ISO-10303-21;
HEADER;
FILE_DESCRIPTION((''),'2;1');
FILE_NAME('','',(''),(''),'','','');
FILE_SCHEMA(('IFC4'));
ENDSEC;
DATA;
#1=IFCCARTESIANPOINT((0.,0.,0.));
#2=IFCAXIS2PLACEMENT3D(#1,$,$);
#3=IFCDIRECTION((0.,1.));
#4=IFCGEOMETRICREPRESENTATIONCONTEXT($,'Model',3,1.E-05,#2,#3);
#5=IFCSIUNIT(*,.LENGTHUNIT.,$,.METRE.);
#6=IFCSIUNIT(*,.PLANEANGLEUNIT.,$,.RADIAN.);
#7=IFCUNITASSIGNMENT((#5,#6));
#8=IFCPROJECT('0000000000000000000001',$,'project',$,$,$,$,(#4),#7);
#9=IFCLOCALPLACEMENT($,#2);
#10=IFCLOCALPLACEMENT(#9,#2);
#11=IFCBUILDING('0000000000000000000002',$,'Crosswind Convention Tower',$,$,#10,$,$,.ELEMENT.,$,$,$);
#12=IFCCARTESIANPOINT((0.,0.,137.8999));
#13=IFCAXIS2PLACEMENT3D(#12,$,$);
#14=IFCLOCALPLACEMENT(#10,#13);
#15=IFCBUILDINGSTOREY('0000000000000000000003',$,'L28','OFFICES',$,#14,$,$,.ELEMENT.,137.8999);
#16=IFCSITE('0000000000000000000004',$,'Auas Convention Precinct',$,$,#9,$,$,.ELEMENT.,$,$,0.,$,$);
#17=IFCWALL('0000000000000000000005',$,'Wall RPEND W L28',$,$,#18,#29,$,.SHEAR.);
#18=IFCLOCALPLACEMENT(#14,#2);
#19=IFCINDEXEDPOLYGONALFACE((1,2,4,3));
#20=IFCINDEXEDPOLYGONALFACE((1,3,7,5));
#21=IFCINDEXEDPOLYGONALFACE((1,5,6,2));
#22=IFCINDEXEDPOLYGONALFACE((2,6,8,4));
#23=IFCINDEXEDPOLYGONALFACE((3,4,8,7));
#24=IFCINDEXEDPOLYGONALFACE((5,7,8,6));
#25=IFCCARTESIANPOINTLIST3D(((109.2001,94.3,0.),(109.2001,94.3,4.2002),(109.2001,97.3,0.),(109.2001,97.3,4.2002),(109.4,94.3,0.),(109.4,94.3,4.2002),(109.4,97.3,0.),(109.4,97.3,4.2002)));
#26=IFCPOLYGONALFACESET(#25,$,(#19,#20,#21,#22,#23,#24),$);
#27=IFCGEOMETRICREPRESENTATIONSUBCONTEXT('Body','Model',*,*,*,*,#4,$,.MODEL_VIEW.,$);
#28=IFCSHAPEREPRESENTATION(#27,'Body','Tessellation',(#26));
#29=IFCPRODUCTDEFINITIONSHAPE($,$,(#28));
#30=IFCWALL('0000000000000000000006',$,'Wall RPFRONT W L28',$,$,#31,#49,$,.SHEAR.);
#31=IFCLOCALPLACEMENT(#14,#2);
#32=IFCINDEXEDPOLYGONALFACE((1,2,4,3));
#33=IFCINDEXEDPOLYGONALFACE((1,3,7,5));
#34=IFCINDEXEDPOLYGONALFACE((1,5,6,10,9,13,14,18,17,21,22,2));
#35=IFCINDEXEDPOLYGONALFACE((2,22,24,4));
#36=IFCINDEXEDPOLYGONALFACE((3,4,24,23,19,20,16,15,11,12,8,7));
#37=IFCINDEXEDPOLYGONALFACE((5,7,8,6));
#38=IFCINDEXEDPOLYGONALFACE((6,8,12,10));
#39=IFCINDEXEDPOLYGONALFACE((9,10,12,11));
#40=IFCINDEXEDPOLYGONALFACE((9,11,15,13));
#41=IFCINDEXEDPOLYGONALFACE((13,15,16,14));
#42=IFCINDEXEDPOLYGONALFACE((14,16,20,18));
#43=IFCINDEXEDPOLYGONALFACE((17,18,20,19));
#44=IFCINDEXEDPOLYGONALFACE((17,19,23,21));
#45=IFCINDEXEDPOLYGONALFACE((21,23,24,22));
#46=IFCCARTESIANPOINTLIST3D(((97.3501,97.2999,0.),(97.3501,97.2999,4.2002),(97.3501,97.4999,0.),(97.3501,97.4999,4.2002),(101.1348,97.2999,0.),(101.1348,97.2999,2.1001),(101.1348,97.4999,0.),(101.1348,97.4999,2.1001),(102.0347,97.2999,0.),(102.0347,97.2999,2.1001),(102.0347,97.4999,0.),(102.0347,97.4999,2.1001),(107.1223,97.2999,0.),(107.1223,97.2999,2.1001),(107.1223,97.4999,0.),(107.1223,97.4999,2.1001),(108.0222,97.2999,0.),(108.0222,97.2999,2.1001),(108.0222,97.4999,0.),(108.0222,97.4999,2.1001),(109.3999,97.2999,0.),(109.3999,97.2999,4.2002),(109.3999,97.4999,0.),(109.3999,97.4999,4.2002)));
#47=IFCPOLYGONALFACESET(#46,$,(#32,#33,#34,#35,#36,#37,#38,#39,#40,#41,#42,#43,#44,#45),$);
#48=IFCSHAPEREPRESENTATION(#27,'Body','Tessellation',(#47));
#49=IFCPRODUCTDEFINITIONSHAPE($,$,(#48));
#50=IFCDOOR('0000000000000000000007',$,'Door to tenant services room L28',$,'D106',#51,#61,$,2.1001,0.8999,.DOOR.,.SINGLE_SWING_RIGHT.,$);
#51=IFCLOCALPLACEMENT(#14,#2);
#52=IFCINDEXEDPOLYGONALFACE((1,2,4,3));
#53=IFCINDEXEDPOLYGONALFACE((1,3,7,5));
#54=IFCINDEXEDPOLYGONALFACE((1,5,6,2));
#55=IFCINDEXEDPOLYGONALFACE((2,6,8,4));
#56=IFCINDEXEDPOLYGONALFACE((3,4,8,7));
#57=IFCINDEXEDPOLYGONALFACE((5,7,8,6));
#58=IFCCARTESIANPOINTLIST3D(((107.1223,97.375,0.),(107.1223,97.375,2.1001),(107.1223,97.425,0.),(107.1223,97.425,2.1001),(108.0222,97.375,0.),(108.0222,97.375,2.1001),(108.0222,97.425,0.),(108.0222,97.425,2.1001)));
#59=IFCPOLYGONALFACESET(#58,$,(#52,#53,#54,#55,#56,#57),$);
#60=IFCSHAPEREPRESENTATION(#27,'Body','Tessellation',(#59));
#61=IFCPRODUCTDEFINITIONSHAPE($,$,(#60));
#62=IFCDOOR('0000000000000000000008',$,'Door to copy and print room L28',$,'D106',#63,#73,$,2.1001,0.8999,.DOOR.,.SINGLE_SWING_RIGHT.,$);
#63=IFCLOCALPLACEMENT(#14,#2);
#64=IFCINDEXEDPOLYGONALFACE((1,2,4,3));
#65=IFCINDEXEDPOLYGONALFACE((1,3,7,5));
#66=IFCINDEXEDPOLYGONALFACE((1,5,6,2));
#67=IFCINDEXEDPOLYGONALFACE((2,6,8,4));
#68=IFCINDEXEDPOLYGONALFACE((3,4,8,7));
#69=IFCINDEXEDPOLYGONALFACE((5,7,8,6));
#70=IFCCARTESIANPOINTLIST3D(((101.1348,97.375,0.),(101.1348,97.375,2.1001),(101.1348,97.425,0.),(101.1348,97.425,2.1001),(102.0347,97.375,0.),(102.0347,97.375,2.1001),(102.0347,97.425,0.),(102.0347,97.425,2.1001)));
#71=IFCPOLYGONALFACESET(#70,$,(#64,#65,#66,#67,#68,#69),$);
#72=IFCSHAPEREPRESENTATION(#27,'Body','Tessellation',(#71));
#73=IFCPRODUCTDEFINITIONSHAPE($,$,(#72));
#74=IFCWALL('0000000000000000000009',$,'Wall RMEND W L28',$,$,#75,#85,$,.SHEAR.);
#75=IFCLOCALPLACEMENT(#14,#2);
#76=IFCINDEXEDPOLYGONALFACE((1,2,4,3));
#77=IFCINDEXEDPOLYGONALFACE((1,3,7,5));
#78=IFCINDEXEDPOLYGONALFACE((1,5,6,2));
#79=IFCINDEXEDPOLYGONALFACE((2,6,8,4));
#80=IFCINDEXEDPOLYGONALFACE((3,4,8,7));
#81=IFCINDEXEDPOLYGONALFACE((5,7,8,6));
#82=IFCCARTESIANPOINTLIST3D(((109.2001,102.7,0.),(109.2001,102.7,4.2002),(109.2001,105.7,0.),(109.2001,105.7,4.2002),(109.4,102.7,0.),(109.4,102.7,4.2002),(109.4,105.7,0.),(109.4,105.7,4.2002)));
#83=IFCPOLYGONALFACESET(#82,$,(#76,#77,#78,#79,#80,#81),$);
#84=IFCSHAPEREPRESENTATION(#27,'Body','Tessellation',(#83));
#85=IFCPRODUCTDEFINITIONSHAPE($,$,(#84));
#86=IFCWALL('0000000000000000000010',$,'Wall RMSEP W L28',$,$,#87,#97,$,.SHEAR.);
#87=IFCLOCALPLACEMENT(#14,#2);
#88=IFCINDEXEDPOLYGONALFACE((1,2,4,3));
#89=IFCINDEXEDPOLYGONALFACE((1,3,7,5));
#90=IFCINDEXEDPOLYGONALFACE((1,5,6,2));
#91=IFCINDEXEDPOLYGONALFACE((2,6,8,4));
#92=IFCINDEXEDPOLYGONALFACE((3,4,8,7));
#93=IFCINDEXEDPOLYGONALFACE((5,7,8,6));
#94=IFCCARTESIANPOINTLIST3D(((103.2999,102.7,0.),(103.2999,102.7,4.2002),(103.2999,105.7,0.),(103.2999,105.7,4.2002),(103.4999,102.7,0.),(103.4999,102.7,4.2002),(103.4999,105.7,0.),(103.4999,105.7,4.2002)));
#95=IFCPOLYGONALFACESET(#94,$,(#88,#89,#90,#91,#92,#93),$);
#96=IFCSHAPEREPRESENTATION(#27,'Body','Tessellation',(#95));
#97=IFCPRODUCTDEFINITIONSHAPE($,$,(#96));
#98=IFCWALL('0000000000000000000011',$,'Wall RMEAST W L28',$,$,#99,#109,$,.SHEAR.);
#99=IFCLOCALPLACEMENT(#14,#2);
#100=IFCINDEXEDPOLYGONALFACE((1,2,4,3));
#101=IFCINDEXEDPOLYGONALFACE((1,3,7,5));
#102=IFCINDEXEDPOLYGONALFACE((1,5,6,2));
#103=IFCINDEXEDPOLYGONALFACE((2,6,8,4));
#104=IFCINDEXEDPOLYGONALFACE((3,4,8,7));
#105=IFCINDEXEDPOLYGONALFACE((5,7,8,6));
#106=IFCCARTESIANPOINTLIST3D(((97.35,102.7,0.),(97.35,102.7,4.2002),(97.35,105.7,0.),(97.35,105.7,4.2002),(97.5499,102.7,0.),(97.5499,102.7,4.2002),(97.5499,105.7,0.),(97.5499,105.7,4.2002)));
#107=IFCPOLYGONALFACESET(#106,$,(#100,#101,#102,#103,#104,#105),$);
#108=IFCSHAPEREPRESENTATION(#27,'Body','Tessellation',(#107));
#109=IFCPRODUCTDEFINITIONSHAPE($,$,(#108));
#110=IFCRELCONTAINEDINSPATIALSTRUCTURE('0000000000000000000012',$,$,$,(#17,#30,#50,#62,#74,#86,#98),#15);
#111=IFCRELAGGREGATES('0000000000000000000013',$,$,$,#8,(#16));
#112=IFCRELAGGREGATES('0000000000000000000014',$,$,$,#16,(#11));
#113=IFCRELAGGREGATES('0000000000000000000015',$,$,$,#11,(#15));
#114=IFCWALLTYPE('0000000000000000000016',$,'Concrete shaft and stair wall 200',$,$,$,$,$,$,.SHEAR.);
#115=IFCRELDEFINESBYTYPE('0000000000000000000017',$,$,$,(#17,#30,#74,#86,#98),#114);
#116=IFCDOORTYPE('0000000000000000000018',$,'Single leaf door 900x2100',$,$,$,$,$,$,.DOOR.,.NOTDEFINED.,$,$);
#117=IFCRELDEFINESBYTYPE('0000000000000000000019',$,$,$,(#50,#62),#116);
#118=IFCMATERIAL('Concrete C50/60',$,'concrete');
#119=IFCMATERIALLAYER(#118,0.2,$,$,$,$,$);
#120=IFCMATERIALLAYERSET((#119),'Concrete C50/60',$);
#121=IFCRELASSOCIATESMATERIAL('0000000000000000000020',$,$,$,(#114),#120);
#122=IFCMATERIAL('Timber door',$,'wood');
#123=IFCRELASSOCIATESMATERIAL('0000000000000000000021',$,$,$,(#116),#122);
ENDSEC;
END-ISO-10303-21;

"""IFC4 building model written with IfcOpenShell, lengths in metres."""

from ifc_helpers import new_model, si_unit, direction, frame, frame_2d, origin, place, context, subcontext, project, spatial, rectangle, extrude, material, layer, layer_set, type_object, element, fill, save


model = new_model("IFC4")

# Units and contexts
model_context = context("Model", 3, precision=1e-05, world=origin(), true_north=direction((0.0, 1.0)))
body_context = subcontext(model_context, "Body", "Model", "MODEL_VIEW")
ifc_project = project(units=[si_unit("LENGTHUNIT", "METRE"), si_unit("PLANEANGLEUNIT", "RADIAN")], contexts=[model_context])

# Site, building, storey
site_placement = place(None, origin())
site = spatial("IfcSite", under=ifc_project, at=site_placement, Name="Auas Convention Precinct", CompositionType="ELEMENT", RefElevation=0.0)
building_placement = place(site_placement, origin())
building = spatial("IfcBuilding", under=site, at=building_placement, Name="Crosswind Convention Tower", CompositionType="ELEMENT")
storey_placement = place(building_placement, frame((0.0, 0.0, 137.8999)))
storey = spatial("IfcBuildingStorey", under=building, at=storey_placement, Name="L28", Description="OFFICES", CompositionType="ELEMENT", Elevation=137.8999)

# Wall
ifc_material_1 = material(Name="Concrete C50/60", Category="concrete")
ifc_layer = layer(ifc_material_1, 0.2)
ifc_layer_set = layer_set([ifc_layer], Name="Concrete C50/60")
wall_type = type_object("IfcWallType", Name="Concrete shaft and stair wall 200", PredefinedType="SHEAR", material=ifc_layer_set)
wall_1_placement = place(storey_placement, frame((109.3, 97.3, 0.0), z_axis=(0.0, 0.0, 1.0), x_axis=(0.0, -1.0, 0.0)))
element("IfcWall", 1, at=wall_1_placement, inside=storey, type_object=wall_type, Name="Wall RPEND W L28", PredefinedType="SHEAR", context=body_context, shape_type="SweptSolid", body=[
    extrude(rectangle(XDim=3.0, YDim=0.2, at=frame_2d((1.5, 0.0))), origin(), (0.0, 0.0, 1.0), 4.2002),
])

# Wall, openings, doors
wall_2_placement = place(storey_placement, frame((109.3999, 97.3999, 0.0), z_axis=(0.0, 0.0, 1.0), x_axis=(-1.0, 0.0, 0.0)))
wall_2 = element("IfcWall", 2, at=wall_2_placement, inside=storey, type_object=wall_type, Name="Wall RPFRONT W L28", PredefinedType="SHEAR", context=body_context, shape_type="SweptSolid", body=[
    extrude(rectangle(XDim=12.0498, YDim=0.2, at=frame_2d((6.0249, 0.0))), origin(), (0.0, 0.0, 1.0), 4.2002),
])
opening_1_placement = place(wall_2_placement, frame((1.3777, 0.0, 0.0)))
opening_1 = element("IfcOpeningElement", 3, at=opening_1_placement, cuts=wall_2, PredefinedType="OPENING", context=body_context, shape_type="SweptSolid", body=[
    extrude(rectangle(XDim=0.8999, YDim=2.1001, at=frame_2d((0.45, 1.05))), frame((0.0, 0.1099, 0.0), z_axis=(0.0, -1.0, 0.0), x_axis=(1.0, 0.0, 0.0)), (0.0, 0.0, 1.0), 0.22),
])
opening_2_placement = place(wall_2_placement, frame((7.3652, 0.0, 0.0)))
opening_2 = element("IfcOpeningElement", 4, at=opening_2_placement, cuts=wall_2, PredefinedType="OPENING", context=body_context, shape_type="SweptSolid", body=[
    extrude(rectangle(XDim=0.8999, YDim=2.1001, at=frame_2d((0.45, 1.05))), frame((0.0, 0.1099, 0.0), z_axis=(0.0, -1.0, 0.0), x_axis=(1.0, 0.0, 0.0)), (0.0, 0.0, 1.0), 0.22),
])
ifc_material_2 = material(Name="Timber door", Category="wood")
door_type_1 = type_object("IfcDoorType", Name="Single leaf door 900x2100", OperationType="NOTDEFINED", PredefinedType="DOOR", material=ifc_material_2)
door_1_placement = place(opening_1_placement, origin())
door_1 = element("IfcDoor", 5, at=door_1_placement, inside=storey, type_object=door_type_1, Name="Door to tenant services room L28", ObjectType="D106", OperationType="SINGLE_SWING_RIGHT", OverallHeight=2.1001, OverallWidth=0.8999, PredefinedType="DOOR", context=body_context, shape_type="SweptSolid", body=[
    extrude(rectangle(XDim=0.8999, YDim=2.1001, at=frame_2d((0.45, 1.05))), frame((0.0, 0.0249, 0.0), z_axis=(0.0, -1.0, 0.0), x_axis=(1.0, 0.0, 0.0)), (0.0, 0.0, 1.0), 0.05),
])
fill(opening_1, door_1)
door_2_placement = place(opening_2_placement, origin())
door_2 = element("IfcDoor", 6, at=door_2_placement, inside=storey, type_object=door_type_1, Name="Door to copy and print room L28", ObjectType="D106", OperationType="SINGLE_SWING_RIGHT", OverallHeight=2.1001, OverallWidth=0.8999, PredefinedType="DOOR", context=body_context, shape_type="SweptSolid", body=[
    extrude(rectangle(XDim=0.8999, YDim=2.1001, at=frame_2d((0.45, 1.05))), frame((0.0, 0.0249, 0.0), z_axis=(0.0, -1.0, 0.0), x_axis=(1.0, 0.0, 0.0)), (0.0, 0.0, 1.0), 0.05),
])
fill(opening_2, door_2)

# Walls
for number, where, z_axis, x_axis, name in (
    (7, (109.3, 105.7, 0.0), (0.0, 0.0, 1.0), (0.0, -1.0, 0.0), "Wall RMEND W L28"),
    (8, (103.3999, 105.7, 0.0), (0.0, 0.0, 1.0), (0.0, -1.0, 0.0), "Wall RMSEP W L28"),
    (9, (97.45, 105.7, 0.0), (0.0, 0.0, 1.0), (0.0, -1.0, 0.0), "Wall RMEAST W L28"),
):
    element("IfcWall", number, at=place(storey_placement, frame(where, z_axis=z_axis, x_axis=x_axis)), inside=storey, type_object=wall_type, Name=name, PredefinedType="SHEAR", context=body_context, shape_type="SweptSolid", body=[
        extrude(rectangle(XDim=3.0, YDim=0.2, at=frame_2d((1.5, 0.0))), origin(), (0.0, 0.0, 1.0), 4.2002),
    ])

save(model, "model.ifc")
